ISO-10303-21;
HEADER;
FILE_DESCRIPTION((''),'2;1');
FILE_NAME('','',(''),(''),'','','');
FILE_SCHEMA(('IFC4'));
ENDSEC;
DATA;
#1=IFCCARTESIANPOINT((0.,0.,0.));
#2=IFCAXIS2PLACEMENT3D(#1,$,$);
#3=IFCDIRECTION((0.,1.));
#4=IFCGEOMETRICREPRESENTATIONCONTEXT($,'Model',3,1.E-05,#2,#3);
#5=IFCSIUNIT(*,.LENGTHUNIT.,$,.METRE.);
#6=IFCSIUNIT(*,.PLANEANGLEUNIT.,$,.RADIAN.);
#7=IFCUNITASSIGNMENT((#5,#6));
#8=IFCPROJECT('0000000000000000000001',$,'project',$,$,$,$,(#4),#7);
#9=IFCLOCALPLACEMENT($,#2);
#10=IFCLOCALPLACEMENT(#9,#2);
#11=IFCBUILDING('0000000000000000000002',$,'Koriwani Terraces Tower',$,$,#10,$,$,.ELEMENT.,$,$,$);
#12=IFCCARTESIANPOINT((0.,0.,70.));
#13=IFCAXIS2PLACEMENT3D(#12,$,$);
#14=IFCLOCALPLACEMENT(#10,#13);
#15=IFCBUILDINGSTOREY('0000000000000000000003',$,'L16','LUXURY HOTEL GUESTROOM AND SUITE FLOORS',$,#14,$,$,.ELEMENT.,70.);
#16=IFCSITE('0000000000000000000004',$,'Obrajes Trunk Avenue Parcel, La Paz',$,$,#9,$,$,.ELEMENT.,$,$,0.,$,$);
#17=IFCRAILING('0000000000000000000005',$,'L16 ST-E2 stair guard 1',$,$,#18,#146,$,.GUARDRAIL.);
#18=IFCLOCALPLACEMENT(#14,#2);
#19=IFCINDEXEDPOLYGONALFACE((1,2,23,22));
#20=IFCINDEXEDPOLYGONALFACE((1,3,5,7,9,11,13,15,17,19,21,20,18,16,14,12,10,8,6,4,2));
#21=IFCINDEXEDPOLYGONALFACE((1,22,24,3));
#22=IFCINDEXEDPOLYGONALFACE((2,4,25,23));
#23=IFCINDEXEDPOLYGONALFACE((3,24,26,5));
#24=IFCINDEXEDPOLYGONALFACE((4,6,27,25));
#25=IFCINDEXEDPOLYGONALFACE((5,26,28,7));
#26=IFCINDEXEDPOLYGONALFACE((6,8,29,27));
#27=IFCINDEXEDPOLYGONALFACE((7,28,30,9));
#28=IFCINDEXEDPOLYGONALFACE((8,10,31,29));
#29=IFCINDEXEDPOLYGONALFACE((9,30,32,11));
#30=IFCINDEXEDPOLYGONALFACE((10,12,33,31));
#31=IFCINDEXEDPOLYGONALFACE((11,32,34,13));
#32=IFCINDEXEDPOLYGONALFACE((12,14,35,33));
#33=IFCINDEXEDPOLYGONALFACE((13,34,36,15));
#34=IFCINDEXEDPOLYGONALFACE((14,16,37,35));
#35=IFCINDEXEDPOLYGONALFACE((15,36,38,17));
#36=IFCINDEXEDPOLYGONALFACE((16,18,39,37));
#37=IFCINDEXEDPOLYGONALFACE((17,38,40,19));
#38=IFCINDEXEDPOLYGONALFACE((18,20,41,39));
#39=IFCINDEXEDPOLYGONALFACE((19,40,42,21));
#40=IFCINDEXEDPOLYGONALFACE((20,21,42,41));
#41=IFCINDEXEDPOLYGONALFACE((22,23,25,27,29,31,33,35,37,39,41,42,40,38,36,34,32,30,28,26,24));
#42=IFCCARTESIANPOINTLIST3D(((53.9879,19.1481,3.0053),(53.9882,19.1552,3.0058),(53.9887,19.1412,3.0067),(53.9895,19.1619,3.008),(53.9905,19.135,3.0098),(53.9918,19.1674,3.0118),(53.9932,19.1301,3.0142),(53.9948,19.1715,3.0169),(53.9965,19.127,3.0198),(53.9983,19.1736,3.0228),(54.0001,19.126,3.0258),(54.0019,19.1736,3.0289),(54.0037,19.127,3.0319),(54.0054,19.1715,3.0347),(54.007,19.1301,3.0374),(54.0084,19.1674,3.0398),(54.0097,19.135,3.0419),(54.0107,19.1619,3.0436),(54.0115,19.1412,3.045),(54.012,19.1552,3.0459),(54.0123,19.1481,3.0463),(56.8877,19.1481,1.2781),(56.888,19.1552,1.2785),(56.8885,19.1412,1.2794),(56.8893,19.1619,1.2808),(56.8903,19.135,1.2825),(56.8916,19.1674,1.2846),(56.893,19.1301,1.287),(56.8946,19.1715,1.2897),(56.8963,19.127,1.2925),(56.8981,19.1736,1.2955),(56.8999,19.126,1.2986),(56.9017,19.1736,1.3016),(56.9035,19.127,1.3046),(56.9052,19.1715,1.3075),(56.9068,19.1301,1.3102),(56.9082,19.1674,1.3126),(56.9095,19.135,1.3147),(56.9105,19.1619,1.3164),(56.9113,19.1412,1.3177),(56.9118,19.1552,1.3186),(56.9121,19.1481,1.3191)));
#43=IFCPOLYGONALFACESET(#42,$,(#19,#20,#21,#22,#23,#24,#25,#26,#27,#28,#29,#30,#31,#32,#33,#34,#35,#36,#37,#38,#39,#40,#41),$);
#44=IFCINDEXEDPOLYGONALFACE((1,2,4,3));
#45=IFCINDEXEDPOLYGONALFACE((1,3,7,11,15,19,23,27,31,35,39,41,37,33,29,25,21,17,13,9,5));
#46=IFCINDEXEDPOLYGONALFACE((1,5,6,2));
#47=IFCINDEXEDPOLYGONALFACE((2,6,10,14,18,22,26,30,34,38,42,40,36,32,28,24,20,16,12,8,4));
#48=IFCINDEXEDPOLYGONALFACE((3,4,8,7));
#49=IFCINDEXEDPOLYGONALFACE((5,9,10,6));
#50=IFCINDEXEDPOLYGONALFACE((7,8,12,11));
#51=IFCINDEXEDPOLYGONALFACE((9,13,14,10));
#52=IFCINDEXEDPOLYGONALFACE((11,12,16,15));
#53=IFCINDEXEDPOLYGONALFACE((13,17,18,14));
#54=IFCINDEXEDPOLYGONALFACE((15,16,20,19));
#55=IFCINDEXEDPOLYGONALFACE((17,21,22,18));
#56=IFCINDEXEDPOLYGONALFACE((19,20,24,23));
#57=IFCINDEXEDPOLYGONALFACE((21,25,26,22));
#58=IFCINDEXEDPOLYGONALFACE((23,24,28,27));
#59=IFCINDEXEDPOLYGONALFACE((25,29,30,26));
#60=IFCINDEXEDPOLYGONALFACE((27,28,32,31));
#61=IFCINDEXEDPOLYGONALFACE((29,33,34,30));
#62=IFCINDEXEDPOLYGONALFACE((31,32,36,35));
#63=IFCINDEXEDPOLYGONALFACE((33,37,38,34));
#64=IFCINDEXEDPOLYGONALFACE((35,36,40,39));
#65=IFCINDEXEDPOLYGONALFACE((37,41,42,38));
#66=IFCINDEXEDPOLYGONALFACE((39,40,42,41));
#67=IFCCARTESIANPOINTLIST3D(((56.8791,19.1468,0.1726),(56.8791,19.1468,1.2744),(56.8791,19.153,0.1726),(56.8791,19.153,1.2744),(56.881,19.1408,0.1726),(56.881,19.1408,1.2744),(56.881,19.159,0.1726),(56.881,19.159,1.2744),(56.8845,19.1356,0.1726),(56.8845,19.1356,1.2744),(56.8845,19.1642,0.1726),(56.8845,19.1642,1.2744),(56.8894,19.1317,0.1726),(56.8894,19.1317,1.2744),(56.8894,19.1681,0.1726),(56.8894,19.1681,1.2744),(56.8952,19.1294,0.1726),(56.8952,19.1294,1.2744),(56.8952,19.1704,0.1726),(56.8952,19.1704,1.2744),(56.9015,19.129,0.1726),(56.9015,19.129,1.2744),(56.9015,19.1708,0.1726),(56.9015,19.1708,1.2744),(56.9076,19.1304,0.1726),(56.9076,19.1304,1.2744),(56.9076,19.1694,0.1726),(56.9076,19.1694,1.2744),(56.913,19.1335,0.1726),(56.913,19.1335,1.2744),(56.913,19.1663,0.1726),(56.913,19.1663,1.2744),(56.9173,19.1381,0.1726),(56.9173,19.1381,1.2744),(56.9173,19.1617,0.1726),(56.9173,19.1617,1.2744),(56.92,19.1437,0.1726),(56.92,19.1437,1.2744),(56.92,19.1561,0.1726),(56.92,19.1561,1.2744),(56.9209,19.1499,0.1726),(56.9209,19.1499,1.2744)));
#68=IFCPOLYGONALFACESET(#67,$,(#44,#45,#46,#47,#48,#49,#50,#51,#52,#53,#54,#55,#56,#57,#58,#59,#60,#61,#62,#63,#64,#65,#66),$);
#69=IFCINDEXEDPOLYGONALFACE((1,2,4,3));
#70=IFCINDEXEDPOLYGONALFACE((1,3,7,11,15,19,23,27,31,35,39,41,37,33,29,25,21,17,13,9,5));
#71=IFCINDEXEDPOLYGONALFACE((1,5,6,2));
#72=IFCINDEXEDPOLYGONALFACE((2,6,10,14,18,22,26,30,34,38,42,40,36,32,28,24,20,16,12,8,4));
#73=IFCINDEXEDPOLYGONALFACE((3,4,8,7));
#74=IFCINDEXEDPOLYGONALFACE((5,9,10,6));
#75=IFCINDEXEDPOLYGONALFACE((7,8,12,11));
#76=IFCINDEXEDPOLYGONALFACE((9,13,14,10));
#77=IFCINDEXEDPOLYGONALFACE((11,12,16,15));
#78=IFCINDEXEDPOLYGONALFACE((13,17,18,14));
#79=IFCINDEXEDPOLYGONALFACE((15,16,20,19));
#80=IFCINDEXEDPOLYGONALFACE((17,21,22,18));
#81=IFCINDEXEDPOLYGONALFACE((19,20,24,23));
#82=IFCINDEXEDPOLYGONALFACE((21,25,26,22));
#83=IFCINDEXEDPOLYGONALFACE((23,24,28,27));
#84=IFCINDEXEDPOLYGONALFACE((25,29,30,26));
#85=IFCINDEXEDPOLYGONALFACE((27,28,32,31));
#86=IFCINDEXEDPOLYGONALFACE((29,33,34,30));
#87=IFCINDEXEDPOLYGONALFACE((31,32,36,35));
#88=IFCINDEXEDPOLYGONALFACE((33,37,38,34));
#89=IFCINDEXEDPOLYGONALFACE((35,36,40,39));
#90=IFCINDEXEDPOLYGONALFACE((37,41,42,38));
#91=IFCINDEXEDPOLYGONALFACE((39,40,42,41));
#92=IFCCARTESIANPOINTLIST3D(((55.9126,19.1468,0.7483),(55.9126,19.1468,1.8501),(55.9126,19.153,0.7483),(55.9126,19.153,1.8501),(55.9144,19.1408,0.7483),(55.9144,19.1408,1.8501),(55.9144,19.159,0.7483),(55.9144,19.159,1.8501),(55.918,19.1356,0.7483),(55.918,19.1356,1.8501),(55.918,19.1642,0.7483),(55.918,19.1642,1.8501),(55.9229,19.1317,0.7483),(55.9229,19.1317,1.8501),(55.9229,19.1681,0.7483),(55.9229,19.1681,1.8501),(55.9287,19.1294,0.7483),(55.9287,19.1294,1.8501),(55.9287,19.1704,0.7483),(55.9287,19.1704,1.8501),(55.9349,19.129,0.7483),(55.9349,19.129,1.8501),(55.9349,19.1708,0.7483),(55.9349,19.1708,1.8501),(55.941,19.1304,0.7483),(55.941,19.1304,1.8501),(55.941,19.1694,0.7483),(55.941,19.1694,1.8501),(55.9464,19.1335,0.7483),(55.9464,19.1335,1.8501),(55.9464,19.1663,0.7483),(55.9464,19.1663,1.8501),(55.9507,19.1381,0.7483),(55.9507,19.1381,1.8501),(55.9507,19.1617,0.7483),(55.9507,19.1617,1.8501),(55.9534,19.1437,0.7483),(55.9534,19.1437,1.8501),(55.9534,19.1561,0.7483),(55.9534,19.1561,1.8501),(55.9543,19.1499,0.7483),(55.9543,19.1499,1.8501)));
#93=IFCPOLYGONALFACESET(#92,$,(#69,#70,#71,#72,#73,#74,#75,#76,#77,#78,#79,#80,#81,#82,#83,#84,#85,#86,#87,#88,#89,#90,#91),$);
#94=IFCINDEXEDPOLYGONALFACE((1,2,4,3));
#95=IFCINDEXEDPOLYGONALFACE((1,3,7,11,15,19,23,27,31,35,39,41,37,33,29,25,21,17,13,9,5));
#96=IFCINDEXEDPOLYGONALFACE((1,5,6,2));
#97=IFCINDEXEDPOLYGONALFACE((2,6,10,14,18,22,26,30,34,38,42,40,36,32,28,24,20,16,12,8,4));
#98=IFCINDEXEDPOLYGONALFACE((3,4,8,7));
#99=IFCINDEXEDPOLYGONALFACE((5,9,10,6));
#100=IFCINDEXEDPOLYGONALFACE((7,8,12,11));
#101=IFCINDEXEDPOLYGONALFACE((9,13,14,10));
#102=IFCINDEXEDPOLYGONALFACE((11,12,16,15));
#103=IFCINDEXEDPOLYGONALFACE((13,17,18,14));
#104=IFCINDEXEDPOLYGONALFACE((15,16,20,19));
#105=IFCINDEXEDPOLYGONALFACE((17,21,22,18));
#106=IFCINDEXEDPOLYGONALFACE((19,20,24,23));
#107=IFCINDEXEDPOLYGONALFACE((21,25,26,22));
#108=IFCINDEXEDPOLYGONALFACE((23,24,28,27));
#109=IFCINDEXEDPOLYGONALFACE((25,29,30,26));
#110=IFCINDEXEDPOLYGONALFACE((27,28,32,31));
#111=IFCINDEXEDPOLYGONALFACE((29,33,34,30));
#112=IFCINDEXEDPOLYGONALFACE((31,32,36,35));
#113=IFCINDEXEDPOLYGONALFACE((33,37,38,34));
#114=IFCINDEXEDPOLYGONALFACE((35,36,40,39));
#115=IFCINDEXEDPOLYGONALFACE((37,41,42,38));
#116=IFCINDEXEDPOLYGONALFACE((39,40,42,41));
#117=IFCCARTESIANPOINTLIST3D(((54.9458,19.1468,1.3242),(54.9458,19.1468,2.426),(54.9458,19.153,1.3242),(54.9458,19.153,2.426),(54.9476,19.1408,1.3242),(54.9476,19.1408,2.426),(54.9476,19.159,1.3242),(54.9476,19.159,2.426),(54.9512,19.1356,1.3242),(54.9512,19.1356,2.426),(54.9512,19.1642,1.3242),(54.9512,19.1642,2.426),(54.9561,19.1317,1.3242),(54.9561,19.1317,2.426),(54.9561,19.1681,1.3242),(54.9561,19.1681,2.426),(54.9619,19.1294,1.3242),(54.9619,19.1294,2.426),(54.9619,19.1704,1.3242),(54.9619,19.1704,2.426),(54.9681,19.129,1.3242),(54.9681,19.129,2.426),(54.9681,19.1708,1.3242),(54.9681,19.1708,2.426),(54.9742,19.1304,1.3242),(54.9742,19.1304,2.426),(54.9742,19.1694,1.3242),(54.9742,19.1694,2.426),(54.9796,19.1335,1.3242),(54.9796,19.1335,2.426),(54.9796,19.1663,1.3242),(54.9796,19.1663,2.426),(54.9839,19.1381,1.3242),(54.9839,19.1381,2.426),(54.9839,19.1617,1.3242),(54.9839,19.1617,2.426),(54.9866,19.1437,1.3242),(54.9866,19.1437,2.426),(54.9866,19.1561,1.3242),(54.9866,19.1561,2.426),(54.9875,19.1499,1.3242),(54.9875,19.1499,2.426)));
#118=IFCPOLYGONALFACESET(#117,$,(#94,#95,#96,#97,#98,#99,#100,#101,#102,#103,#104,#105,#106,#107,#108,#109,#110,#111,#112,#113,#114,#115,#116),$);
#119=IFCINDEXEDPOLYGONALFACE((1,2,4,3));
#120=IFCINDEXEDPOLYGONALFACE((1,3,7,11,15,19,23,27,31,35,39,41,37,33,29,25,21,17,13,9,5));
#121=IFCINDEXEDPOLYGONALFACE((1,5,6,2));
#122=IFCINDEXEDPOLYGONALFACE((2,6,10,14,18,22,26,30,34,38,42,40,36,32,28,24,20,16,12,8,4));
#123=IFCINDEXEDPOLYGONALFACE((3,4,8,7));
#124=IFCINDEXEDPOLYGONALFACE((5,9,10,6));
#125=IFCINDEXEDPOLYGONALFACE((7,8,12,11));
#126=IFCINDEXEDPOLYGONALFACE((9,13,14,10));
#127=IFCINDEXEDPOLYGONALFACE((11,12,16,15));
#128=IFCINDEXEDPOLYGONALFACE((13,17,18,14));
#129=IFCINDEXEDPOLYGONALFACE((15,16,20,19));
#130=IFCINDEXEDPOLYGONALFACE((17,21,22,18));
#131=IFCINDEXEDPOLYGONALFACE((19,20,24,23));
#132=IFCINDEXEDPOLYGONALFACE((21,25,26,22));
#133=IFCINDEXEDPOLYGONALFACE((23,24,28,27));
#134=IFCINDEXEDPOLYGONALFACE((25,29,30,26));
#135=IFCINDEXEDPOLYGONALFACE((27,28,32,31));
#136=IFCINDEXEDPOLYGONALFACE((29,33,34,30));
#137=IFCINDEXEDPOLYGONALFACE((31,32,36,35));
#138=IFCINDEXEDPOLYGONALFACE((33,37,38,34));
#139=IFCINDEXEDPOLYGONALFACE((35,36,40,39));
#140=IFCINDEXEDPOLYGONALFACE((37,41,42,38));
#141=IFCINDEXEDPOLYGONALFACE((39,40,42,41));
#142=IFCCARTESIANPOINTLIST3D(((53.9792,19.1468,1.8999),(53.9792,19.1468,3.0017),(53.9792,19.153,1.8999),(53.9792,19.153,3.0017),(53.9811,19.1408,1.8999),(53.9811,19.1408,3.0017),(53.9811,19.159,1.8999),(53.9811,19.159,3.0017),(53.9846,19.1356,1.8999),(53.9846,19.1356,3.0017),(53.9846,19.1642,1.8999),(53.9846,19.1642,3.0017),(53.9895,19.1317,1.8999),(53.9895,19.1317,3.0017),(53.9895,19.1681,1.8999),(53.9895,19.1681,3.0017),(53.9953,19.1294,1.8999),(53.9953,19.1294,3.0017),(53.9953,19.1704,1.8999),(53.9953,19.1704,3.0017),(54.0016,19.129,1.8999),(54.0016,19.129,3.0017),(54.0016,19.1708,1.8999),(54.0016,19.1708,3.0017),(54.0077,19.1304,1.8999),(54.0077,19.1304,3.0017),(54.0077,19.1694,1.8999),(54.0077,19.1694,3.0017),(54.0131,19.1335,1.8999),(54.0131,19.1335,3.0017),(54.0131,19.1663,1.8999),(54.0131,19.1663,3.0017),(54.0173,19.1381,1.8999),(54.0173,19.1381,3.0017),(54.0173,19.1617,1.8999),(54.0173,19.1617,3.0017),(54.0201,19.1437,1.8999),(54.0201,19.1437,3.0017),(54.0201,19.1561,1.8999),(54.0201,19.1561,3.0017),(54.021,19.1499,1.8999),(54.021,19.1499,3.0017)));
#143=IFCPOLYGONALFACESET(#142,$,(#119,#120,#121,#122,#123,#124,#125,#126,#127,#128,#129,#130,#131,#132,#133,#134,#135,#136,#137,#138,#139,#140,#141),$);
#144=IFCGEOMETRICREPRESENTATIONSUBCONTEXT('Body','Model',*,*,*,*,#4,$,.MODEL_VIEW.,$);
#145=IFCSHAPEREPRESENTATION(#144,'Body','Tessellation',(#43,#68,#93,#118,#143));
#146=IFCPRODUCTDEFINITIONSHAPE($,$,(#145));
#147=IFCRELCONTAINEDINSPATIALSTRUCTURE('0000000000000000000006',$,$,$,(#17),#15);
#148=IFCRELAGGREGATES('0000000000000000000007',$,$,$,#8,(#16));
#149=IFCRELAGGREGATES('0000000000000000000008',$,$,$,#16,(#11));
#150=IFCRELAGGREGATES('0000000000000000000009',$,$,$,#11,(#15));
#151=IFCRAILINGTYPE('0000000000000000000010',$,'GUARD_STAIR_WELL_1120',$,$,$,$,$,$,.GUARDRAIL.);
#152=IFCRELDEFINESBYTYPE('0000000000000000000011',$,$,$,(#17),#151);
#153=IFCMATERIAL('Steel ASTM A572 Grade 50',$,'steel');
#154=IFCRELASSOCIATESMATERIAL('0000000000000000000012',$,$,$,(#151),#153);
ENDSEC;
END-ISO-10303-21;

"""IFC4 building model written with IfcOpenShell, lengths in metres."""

from ifc_helpers import new_model, si_unit, direction, frame, origin, origin_2d, place, context, subcontext, project, spatial, circle, extrude, material, type_object, element, save


model = new_model("IFC4")

# Units and contexts
model_context = context("Model", 3, precision=1e-05, world=origin(), true_north=direction((0.0, 1.0)))
body_context = subcontext(model_context, "Body", "Model", "MODEL_VIEW")
ifc_project = project(units=[si_unit("LENGTHUNIT", "METRE"), si_unit("PLANEANGLEUNIT", "RADIAN")], contexts=[model_context])

# Site, building, storey
site_placement = place(None, origin())
site = spatial("IfcSite", under=ifc_project, at=site_placement, Name="Obrajes Trunk Avenue Parcel, La Paz", CompositionType="ELEMENT", RefElevation=0.0)
building_placement = place(site_placement, origin())
building = spatial("IfcBuilding", under=site, at=building_placement, Name="Koriwani Terraces Tower", CompositionType="ELEMENT")
storey_placement = place(building_placement, frame((0.0, 0.0, 70.0)))
storey = spatial("IfcBuildingStorey", under=building, at=storey_placement, Name="L16", Description="LUXURY HOTEL GUESTROOM AND SUITE FLOORS", CompositionType="ELEMENT", Elevation=70.0)

# Shared definitions
ifc_material_1 = material(Name="Steel ASTM A572 Grade 50", Category="steel")

# Railing
railing_type_1 = type_object("IfcRailingType", Name="GUARD_STAIR_WELL_1120", PredefinedType="GUARDRAIL", material=ifc_material_1)
railing_1_placement = place(storey_placement, frame((56.8999, 19.1499, 0.1726)))
element("IfcRailing", 1, at=railing_1_placement, inside=storey, type_object=railing_type_1, Name="L16 ST-E2 stair guard 1", PredefinedType="GUARDRAIL", context=body_context, shape_type="SweptSolid", body=[
    extrude(circle(Radius=0.0239, at=origin_2d()), frame((0.0, 0.0, 1.126), z_axis=(-0.859141, 0.0, 0.511738), x_axis=(0.0, -1.0, 0.0)), (0.0, 0.0, 1.0), 3.3752),
    extrude(circle(Radius=0.021, at=origin_2d()), origin(), (0.0, 0.0, 1.0), 1.1018),
    extrude(circle(Radius=0.021, at=origin_2d()), frame((-0.9666, 0.0, 0.5757)), (0.0, 0.0, 1.0), 1.1018),
    extrude(circle(Radius=0.021, at=origin_2d()), frame((-1.9333, 0.0, 1.1516)), (0.0, 0.0, 1.0), 1.1018),
    extrude(circle(Radius=0.021, at=origin_2d()), frame((-2.8999, 0.0, 1.7273)), (0.0, 0.0, 1.0), 1.1018),
])

save(model, "model.ifc")
